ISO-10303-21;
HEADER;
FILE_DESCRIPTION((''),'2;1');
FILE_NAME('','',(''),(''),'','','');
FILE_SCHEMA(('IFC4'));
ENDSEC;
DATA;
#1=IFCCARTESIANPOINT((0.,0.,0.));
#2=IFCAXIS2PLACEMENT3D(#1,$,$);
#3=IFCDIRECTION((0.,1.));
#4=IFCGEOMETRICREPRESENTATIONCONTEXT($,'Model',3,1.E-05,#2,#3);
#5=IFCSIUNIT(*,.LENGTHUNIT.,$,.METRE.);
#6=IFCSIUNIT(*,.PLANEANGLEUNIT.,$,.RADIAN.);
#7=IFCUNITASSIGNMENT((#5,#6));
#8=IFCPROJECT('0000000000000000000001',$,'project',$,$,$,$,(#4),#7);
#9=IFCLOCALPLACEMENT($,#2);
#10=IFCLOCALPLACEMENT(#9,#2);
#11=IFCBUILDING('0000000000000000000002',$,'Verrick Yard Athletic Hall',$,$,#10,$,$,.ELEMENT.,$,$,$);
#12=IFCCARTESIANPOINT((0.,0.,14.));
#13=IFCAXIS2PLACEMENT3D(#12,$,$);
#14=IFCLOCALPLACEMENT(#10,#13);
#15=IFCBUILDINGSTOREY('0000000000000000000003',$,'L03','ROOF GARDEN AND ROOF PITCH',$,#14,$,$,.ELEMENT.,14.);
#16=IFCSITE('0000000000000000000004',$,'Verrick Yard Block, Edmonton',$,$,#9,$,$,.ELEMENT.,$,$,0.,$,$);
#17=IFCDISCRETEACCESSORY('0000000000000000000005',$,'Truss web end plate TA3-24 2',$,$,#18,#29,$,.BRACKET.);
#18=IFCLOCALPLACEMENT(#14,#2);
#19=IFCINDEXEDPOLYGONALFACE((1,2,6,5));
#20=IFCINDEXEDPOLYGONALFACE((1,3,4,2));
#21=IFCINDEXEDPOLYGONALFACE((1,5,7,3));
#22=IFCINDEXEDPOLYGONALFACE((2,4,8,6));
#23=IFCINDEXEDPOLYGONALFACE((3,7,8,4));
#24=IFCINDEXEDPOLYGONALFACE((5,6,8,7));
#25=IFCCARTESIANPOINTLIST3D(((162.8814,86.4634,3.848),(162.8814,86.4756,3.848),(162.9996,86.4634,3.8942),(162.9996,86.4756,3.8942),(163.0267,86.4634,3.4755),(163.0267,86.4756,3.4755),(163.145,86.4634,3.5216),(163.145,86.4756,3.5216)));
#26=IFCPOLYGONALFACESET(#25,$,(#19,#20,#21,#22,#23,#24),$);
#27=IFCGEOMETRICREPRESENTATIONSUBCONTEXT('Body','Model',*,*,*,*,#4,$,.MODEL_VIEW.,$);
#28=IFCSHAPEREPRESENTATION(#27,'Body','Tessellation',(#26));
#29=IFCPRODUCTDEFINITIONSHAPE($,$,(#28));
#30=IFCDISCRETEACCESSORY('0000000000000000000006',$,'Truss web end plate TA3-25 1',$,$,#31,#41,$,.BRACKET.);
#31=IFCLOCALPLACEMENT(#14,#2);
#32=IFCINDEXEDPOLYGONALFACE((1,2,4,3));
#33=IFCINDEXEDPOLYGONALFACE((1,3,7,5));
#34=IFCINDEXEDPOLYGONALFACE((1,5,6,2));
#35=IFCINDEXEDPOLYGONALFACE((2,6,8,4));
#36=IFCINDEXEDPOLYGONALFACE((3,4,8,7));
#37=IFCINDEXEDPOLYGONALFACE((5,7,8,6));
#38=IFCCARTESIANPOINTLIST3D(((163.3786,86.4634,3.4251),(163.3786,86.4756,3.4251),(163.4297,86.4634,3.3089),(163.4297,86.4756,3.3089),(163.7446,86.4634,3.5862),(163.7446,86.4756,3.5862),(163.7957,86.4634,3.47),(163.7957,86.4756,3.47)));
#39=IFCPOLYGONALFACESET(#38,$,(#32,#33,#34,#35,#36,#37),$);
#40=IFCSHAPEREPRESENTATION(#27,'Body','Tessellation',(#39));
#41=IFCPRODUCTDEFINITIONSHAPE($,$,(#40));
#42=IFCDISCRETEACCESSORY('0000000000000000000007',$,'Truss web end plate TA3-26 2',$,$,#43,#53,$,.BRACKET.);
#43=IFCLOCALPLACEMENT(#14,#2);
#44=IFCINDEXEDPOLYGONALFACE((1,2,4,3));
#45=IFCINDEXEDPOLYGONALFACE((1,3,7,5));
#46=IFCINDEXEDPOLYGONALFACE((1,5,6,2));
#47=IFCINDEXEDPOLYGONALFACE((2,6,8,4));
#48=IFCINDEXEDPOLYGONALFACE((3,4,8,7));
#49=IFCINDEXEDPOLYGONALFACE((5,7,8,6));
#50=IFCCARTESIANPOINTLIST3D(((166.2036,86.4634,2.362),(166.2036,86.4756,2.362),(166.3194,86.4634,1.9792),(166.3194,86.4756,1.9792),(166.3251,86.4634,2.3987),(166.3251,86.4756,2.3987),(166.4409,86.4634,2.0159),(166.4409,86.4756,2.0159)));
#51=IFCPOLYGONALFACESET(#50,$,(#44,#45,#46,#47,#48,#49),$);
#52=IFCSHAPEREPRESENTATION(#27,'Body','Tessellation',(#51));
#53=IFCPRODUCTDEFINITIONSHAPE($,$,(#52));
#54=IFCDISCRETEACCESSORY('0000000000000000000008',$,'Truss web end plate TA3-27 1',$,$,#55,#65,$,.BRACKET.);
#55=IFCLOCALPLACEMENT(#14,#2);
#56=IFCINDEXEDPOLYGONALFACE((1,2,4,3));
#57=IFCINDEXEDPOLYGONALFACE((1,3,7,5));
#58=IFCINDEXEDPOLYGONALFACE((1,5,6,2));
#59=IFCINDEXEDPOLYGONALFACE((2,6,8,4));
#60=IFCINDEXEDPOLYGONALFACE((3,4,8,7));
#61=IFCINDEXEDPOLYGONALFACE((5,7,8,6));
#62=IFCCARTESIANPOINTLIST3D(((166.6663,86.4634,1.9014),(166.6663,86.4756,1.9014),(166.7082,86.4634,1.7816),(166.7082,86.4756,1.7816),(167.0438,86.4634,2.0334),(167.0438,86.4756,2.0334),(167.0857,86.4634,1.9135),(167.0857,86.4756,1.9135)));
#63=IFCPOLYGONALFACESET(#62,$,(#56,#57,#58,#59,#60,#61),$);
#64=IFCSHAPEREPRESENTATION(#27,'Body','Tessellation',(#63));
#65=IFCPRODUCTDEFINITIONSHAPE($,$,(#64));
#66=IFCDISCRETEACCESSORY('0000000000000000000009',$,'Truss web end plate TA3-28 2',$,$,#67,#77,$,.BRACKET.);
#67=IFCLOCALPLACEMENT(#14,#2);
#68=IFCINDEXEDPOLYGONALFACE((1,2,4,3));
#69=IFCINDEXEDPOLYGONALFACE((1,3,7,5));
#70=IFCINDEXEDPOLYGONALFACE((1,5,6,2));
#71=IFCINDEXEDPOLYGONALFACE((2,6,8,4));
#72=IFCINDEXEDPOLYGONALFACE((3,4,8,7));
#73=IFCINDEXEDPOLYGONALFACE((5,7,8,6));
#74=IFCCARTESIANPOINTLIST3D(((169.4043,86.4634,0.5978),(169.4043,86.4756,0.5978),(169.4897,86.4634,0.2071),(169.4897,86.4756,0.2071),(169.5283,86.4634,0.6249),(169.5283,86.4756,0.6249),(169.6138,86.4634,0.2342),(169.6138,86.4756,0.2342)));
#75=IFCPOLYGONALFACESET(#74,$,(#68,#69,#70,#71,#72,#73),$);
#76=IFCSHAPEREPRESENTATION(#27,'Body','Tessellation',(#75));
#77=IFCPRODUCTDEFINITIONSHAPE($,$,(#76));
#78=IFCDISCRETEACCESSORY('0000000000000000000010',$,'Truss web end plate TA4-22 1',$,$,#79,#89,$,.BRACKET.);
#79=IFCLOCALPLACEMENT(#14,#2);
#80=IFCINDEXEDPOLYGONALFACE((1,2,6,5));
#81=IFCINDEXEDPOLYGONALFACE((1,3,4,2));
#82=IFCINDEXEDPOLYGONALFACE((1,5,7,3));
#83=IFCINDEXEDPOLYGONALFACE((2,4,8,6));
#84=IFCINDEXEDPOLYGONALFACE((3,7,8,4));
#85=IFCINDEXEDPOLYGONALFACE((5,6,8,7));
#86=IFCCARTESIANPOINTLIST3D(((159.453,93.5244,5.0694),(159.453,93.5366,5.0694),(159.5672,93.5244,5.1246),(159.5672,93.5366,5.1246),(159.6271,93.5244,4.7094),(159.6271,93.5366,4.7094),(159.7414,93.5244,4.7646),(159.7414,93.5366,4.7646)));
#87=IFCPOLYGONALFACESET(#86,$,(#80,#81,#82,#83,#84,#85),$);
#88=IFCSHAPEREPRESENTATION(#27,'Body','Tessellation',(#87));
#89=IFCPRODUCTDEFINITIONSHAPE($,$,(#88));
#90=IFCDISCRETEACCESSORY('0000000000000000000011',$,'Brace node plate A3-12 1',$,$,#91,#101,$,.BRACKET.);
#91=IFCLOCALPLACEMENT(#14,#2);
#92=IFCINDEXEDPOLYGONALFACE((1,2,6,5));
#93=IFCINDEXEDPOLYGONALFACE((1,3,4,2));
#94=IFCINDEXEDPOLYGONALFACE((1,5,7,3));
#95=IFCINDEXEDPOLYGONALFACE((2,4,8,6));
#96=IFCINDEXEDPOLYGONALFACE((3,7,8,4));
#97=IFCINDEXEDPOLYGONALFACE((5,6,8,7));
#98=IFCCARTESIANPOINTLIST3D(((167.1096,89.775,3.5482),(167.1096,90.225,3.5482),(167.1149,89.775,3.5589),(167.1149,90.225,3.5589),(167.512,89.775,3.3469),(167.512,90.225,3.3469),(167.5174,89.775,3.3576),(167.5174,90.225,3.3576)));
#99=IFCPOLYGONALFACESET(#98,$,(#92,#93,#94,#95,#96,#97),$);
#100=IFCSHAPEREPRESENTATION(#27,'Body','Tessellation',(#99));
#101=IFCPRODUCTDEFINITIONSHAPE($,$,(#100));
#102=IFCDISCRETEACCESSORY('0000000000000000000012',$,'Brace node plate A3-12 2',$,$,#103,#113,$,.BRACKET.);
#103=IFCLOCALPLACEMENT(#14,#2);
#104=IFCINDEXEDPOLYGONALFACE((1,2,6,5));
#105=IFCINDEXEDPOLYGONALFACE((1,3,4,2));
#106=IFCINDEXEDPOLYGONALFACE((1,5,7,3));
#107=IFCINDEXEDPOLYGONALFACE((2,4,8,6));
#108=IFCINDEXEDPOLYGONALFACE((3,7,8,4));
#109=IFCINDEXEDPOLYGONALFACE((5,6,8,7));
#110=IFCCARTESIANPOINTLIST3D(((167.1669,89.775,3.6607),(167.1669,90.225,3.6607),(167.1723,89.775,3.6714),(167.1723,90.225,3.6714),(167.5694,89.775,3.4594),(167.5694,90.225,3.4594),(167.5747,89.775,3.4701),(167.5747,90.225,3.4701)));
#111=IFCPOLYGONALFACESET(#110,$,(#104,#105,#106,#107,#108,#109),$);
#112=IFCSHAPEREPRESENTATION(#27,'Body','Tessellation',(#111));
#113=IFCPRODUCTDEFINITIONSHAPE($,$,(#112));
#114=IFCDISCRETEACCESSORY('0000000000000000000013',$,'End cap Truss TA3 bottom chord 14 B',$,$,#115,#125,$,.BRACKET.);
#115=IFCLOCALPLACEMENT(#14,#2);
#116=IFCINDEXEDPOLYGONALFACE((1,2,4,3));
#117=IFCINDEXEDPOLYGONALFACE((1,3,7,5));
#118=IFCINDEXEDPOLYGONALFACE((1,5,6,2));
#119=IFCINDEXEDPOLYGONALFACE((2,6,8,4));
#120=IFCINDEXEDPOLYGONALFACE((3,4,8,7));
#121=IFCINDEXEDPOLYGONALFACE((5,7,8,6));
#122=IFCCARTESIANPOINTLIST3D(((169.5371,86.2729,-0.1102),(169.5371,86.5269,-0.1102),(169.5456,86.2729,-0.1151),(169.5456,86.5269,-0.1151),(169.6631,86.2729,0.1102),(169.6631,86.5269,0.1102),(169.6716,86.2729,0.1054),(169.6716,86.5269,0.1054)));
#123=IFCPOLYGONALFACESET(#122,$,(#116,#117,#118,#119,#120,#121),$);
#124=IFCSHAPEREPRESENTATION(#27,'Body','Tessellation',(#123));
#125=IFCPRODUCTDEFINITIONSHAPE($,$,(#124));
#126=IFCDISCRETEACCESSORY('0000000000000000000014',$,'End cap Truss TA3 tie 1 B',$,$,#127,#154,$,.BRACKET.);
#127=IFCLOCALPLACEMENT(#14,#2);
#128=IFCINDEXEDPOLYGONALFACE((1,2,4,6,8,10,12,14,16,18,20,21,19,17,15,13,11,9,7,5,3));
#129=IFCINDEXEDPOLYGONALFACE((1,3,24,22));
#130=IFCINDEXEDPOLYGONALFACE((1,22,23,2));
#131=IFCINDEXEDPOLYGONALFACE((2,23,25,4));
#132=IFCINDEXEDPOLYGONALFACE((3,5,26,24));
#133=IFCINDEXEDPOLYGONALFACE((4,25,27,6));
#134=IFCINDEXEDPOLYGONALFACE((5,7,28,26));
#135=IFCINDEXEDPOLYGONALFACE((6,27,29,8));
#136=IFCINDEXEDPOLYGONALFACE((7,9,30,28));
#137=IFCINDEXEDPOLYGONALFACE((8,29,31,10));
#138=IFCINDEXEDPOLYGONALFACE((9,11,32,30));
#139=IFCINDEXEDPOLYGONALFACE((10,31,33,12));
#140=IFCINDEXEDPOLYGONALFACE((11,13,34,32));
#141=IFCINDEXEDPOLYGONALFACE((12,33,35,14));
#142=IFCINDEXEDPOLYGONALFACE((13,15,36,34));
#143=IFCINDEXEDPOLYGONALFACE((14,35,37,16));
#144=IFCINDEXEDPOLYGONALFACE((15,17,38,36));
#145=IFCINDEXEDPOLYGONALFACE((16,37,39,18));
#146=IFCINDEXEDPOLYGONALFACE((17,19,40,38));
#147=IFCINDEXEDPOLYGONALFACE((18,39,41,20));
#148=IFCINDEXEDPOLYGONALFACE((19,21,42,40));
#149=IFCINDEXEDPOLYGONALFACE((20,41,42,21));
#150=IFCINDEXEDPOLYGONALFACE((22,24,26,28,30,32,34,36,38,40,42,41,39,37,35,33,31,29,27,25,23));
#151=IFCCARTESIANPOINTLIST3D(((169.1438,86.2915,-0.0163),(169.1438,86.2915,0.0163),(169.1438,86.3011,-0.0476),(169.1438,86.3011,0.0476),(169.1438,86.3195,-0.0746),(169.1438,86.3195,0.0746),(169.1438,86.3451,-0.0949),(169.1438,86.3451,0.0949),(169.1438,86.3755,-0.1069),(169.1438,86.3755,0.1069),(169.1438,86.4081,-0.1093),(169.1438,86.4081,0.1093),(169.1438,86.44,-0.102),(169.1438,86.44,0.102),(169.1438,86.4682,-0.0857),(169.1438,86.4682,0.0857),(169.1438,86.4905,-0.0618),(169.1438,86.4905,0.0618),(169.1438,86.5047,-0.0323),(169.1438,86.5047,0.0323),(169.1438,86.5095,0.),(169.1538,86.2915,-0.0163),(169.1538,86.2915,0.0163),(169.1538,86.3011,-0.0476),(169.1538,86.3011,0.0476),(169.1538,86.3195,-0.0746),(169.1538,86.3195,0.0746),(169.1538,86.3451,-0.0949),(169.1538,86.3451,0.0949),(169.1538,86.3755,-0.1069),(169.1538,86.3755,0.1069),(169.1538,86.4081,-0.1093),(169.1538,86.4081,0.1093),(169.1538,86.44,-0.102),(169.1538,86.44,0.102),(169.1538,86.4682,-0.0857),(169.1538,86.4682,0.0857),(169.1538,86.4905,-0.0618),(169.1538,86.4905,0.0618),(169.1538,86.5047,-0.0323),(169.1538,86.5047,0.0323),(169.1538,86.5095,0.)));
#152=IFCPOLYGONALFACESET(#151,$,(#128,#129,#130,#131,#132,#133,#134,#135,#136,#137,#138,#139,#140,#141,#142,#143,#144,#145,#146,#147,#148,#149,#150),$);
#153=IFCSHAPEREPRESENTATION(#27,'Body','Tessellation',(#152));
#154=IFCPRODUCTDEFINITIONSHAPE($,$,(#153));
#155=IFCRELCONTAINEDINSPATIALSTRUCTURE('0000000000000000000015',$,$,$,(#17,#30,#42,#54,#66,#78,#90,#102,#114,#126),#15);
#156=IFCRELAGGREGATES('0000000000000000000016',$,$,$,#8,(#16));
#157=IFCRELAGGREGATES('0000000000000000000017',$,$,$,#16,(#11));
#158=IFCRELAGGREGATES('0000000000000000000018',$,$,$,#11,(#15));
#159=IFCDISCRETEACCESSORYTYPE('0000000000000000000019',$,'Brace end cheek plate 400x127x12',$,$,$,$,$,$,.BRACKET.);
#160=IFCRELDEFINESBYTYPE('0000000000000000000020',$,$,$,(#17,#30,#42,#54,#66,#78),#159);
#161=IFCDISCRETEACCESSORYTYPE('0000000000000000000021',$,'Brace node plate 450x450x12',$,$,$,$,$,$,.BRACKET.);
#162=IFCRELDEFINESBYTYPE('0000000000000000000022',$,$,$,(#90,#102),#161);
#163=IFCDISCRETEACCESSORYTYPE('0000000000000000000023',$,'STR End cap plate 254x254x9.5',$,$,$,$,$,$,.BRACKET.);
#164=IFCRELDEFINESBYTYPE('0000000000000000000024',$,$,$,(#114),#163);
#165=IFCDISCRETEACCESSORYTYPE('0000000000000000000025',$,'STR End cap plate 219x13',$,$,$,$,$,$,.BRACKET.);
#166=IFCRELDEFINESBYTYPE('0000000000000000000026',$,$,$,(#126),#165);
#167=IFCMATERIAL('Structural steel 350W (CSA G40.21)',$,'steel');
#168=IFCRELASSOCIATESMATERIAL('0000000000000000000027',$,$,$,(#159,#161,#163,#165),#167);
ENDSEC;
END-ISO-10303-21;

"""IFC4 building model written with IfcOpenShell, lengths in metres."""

from ifc_helpers import new_model, si_unit, direction, frame, origin, origin_2d, place, context, subcontext, project, spatial, rectangle, circle, extrude, material, material_profile, profile_set, type_object, element, save


model = new_model("IFC4")

# Units and contexts
model_context = context("Model", 3, precision=1e-05, world=origin(), true_north=direction((0.0, 1.0)))
body_context = subcontext(model_context, "Body", "Model", "MODEL_VIEW")
ifc_project = project(units=[si_unit("LENGTHUNIT", "METRE"), si_unit("PLANEANGLEUNIT", "RADIAN")], contexts=[model_context])

# Site, building, storey
site_placement = place(None, origin())
site = spatial("IfcSite", under=ifc_project, at=site_placement, Name="Verrick Yard Block, Edmonton", CompositionType="ELEMENT", RefElevation=0.0)
building_placement = place(site_placement, origin())
building = spatial("IfcBuilding", under=site, at=building_placement, Name="Verrick Yard Athletic Hall", CompositionType="ELEMENT")
storey_placement = place(building_placement, frame((0.0, 0.0, 14.0)))
storey = spatial("IfcBuildingStorey", under=building, at=storey_placement, Name="L03", Description="ROOF GARDEN AND ROOF PITCH", CompositionType="ELEMENT", Elevation=14.0)

# Discrete accessories
ifc_material_1 = material(Name="Structural steel 350W (CSA G40.21)", Category="steel")
ifc_material_profile_1 = material_profile(ifc_material_1, rectangle(XDim=0.3999, YDim=0.127, at=origin_2d()), Name="Brace end cheek plate")
ifc_profile_set_1 = profile_set([ifc_material_profile_1], Name="Structural steel 350W (CSA G40.21)")
discrete_accessory_type_1 = type_object("IfcDiscreteAccessoryType", Name="Brace end cheek plate 400x127x12", PredefinedType="BRACKET", material=ifc_profile_set_1)
for number, where, z_axis, x_axis, name in (
    (1, (163.0132, 86.4634, 3.6848), (0.0, 1.0, 0.0), (-0.363563, 0.0, 0.93157), "Truss web end plate TA3-24 2"),
    (2, (163.5872, 86.4634, 3.4475), (0.0, 1.0, 0.0), (0.915285, 0.0, 0.402806), "Truss web end plate TA3-25 1"),
    (3, (166.3223, 86.4634, 2.189), (0.0, 1.0, 0.0), (-0.289473, 0.0, 0.957186), "Truss web end plate TA3-26 2"),
    (4, (166.876, 86.4634, 1.9075), (0.0, 1.0, 0.0), (0.944026, 0.0, 0.329872), "Truss web end plate TA3-27 1"),
    (5, (169.509, 86.4634, 0.416), (0.0, 1.0, 0.0), (-0.213605, 0.0, 0.97692), "Truss web end plate TA3-28 2"),
    (6, (159.5972, 93.5366, 4.917), (0.0, -1.0, 0.0), (-0.435417, 0.0, 0.900229), "Truss web end plate TA4-22 1"),
):
    element("IfcDiscreteAccessory", number, at=place(storey_placement, frame(where, z_axis=z_axis, x_axis=x_axis)), inside=storey, type_object=discrete_accessory_type_1, Name=name, PredefinedType="BRACKET", context=body_context, shape_type="SweptSolid", body=[
        extrude(rectangle(XDim=0.3999, YDim=0.127, at=origin_2d()), origin(), (0.0, 0.0, 1.0), 0.0122),
    ])
ifc_material_profile_2 = material_profile(ifc_material_1, rectangle(XDim=0.45, YDim=0.45, at=origin_2d()), Name="Brace node plate")
ifc_profile_set_2 = profile_set([ifc_material_profile_2], Name="Structural steel 350W (CSA G40.21)")
discrete_accessory_type_2 = type_object("IfcDiscreteAccessoryType", Name="Brace node plate 450x450x12", PredefinedType="BRACKET", material=ifc_profile_set_2)
for number, where, z_axis, x_axis, name in (
    (7, (167.3162, 90.0, 3.4583), (-0.447214, 0.0, -0.894427), (0.0, -1.0, 0.0), "Brace node plate A3-12 1"),
    (8, (167.3682, 90.0, 3.5601), (0.447214, 0.0, 0.894427), (0.0, 1.0, 0.0), "Brace node plate A3-12 2"),
):
    element("IfcDiscreteAccessory", number, at=place(storey_placement, frame(where, z_axis=z_axis, x_axis=x_axis)), inside=storey, type_object=discrete_accessory_type_2, Name=name, PredefinedType="BRACKET", context=body_context, shape_type="SweptSolid", body=[
        extrude(rectangle(XDim=0.45, YDim=0.45, at=origin_2d()), origin(), (0.0, 0.0, 1.0), 0.012),
    ])
ifc_material_profile_3 = material_profile(ifc_material_1, rectangle(XDim=0.2539, YDim=0.2539, at=origin_2d()), Name="STR End cap plate 254x254x9.5")
ifc_profile_set_3 = profile_set([ifc_material_profile_3], Name="Structural steel 350W (CSA G40.21)")
discrete_accessory_type_3 = type_object("IfcDiscreteAccessoryType", Name="STR End cap plate 254x254x9.5", PredefinedType="BRACKET", material=ifc_profile_set_3)
discrete_accessory_1_placement = place(storey_placement, frame((169.6001, 86.3999, 0.0), z_axis=(0.868243, 0.0, -0.496139), x_axis=(0.0, 1.0, 0.0)))
element("IfcDiscreteAccessory", 9, at=discrete_accessory_1_placement, inside=storey, type_object=discrete_accessory_type_3, Name="End cap Truss TA3 bottom chord 14 B", PredefinedType="BRACKET", context=body_context, shape_type="SweptSolid", body=[
    extrude(rectangle(XDim=0.2539, YDim=0.2539, at=origin_2d()), origin(), (0.0, 0.0, 1.0), 0.0098),
])
ifc_material_profile_4 = material_profile(ifc_material_1, circle(Radius=0.1096, at=origin_2d()), Name="STR End cap plate 219x13")
ifc_profile_set_4 = profile_set([ifc_material_profile_4], Name="Structural steel 350W (CSA G40.21)")
discrete_accessory_type_4 = type_object("IfcDiscreteAccessoryType", Name="STR End cap plate 219x13", PredefinedType="BRACKET", material=ifc_profile_set_4)
discrete_accessory_2_placement = place(storey_placement, frame((169.1438, 86.3999, 0.0), z_axis=(1.0, 0.0, 0.0), x_axis=(0.0, 1.0, 0.0)))
element("IfcDiscreteAccessory", 10, at=discrete_accessory_2_placement, inside=storey, type_object=discrete_accessory_type_4, Name="End cap Truss TA3 tie 1 B", PredefinedType="BRACKET", context=body_context, shape_type="SweptSolid", body=[
    extrude(circle(Radius=0.1096, at=origin_2d()), origin(), (0.0, 0.0, 1.0), 0.01),
])

save(model, "model.ifc")
